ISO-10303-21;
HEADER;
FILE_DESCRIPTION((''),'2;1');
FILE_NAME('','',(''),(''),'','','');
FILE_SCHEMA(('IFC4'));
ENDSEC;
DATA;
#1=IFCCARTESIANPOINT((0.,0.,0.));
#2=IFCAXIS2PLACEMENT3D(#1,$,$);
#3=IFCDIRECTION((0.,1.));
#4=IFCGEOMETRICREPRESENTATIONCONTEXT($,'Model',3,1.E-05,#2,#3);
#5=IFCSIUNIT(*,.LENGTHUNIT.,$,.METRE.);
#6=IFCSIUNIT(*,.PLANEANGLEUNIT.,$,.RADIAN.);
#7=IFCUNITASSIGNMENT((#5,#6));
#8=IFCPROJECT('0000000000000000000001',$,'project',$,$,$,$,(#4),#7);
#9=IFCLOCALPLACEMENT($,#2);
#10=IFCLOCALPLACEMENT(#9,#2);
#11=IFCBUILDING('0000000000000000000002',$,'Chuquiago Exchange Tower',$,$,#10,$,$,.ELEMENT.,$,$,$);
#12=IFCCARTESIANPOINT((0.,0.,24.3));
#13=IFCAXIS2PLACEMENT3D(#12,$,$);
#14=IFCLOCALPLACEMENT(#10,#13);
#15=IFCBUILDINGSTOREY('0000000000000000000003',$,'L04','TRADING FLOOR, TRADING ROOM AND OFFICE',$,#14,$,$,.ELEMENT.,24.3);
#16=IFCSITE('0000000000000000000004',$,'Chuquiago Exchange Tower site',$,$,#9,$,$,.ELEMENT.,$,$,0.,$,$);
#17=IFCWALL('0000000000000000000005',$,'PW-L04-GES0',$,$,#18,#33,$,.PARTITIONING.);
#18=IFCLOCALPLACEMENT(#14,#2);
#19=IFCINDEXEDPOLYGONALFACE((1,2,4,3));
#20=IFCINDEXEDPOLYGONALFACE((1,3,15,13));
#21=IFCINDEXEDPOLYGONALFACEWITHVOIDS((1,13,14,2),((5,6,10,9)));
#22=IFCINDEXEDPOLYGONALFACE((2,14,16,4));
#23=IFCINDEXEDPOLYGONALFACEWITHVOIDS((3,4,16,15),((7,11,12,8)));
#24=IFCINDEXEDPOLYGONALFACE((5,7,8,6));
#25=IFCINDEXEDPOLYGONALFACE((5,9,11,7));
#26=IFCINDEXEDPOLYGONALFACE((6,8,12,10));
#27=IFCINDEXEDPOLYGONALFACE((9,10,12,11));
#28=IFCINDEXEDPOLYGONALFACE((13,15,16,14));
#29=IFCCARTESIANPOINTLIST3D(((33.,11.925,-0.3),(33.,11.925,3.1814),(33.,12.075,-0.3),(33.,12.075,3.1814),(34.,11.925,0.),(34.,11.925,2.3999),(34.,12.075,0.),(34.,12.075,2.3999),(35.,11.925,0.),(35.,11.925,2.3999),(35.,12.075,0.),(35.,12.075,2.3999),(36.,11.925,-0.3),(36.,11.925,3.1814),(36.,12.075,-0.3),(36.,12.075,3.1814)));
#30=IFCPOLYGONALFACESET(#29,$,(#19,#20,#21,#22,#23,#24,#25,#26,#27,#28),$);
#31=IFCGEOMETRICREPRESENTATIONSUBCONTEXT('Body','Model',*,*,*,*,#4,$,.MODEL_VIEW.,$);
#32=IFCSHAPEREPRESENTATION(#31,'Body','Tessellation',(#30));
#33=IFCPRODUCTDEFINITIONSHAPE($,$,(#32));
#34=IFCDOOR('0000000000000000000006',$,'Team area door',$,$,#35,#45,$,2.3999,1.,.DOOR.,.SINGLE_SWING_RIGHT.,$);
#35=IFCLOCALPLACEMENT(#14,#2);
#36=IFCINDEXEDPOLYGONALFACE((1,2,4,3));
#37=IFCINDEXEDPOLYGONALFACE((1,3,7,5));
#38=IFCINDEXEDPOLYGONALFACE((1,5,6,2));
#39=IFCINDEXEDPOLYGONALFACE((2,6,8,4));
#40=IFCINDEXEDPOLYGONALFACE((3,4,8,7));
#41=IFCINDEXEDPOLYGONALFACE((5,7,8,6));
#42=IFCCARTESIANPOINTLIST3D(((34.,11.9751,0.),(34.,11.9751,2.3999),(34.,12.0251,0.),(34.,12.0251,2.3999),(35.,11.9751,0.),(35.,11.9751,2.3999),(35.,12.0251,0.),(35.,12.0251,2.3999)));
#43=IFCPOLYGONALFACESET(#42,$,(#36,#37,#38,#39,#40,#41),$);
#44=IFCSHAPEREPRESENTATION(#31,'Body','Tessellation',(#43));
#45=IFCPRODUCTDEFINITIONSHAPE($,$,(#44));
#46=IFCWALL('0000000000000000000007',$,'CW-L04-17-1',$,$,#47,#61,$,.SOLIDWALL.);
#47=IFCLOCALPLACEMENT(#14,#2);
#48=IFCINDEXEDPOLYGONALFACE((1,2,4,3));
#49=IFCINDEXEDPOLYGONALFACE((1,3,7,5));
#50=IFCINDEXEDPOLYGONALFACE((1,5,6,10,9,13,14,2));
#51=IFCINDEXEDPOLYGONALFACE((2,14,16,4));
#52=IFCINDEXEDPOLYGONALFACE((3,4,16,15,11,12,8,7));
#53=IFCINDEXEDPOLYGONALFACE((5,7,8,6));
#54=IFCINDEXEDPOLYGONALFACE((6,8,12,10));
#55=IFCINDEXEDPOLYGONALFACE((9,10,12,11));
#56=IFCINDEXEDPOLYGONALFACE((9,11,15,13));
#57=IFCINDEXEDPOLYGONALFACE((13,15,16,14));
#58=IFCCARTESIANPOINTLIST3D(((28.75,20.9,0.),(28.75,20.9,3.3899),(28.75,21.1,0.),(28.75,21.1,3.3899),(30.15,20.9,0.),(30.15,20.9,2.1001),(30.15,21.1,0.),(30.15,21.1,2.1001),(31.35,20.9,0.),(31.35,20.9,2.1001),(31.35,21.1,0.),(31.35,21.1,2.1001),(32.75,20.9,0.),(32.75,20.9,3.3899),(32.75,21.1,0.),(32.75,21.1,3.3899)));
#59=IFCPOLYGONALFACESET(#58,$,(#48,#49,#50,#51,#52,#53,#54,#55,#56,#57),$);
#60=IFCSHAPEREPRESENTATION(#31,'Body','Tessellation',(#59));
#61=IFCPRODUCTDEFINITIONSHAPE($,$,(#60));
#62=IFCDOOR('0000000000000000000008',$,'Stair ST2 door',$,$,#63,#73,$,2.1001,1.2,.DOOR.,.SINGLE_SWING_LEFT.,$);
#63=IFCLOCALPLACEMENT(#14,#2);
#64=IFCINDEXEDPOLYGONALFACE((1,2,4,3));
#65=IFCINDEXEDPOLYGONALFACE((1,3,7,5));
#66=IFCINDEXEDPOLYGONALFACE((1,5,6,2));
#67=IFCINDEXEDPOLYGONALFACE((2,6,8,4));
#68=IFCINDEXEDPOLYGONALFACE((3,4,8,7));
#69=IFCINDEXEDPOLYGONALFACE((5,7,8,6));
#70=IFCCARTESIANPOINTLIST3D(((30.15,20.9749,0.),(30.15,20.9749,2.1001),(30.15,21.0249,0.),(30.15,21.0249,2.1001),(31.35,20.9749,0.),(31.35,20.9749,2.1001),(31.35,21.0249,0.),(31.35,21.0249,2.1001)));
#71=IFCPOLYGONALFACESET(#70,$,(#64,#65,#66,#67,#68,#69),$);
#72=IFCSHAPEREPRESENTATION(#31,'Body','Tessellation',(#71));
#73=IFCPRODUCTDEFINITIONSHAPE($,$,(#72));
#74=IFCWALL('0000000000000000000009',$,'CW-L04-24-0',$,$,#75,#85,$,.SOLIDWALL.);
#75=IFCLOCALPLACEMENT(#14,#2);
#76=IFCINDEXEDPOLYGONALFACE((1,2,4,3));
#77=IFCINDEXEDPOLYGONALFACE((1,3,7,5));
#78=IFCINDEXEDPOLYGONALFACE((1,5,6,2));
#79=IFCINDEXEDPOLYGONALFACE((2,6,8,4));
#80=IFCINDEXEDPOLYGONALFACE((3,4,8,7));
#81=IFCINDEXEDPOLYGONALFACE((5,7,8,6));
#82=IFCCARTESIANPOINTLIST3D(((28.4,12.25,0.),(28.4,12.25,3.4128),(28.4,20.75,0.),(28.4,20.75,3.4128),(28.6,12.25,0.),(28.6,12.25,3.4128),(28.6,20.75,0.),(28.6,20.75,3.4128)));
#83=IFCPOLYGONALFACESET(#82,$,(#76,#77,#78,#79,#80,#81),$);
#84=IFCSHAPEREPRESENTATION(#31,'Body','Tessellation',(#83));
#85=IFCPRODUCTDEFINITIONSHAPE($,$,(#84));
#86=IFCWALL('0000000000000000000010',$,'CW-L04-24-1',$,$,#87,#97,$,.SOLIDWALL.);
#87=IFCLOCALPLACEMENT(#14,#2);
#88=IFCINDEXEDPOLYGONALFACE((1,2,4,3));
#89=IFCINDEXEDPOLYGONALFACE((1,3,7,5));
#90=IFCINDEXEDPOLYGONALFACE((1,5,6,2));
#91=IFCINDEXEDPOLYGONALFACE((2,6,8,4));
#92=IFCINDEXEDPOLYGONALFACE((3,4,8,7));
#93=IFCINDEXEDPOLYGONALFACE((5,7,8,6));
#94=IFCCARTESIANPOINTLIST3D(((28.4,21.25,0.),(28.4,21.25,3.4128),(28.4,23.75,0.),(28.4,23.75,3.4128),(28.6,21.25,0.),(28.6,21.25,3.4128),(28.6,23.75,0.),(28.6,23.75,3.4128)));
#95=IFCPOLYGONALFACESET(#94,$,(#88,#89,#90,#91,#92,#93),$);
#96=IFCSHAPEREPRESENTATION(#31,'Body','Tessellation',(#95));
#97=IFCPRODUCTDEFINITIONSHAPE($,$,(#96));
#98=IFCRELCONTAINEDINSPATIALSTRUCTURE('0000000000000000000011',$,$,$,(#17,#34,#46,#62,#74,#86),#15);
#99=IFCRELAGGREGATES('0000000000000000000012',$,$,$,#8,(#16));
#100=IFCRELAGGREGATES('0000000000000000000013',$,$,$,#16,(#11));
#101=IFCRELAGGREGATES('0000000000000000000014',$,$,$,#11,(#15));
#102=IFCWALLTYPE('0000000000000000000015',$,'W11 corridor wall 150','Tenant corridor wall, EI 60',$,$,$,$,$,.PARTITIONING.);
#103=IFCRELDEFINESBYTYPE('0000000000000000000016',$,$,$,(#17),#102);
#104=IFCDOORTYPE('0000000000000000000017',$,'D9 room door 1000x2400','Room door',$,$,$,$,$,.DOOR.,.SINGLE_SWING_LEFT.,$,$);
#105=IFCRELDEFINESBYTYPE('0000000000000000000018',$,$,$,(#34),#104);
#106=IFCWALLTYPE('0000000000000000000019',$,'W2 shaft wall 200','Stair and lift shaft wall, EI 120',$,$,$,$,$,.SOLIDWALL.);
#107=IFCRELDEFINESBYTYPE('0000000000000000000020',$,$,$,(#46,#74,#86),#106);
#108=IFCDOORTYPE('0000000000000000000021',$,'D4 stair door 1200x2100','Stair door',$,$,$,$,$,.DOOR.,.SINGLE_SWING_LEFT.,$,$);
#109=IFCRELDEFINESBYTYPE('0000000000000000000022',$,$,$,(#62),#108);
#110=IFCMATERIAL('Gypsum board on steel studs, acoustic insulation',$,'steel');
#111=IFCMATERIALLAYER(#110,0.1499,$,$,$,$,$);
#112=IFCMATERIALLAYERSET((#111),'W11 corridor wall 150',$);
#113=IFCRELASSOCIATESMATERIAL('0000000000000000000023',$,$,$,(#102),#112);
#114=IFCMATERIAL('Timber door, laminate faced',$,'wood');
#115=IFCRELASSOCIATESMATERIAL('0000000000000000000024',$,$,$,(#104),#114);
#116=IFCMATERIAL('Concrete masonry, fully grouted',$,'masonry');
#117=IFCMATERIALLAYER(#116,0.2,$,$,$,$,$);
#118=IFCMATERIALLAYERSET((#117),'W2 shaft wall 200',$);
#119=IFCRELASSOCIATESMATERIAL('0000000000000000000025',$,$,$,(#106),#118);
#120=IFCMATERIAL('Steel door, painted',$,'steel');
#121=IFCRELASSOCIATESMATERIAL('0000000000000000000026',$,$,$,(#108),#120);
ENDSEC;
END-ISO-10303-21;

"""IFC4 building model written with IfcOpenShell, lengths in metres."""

from ifc_helpers import new_model, si_unit, direction, frame, frame_2d, origin, place, context, subcontext, project, spatial, rectangle, extrude, material, layer, layer_set, type_object, element, fill, save


model = new_model("IFC4")

# Units and contexts
model_context = context("Model", 3, precision=1e-05, world=origin(), true_north=direction((0.0, 1.0)))
body_context = subcontext(model_context, "Body", "Model", "MODEL_VIEW")
ifc_project = project(units=[si_unit("LENGTHUNIT", "METRE"), si_unit("PLANEANGLEUNIT", "RADIAN")], contexts=[model_context])

# Site, building, storey
site_placement = place(None, origin())
site = spatial("IfcSite", under=ifc_project, at=site_placement, Name="Chuquiago Exchange Tower site", CompositionType="ELEMENT", RefElevation=0.0)
building_placement = place(site_placement, origin())
building = spatial("IfcBuilding", under=site, at=building_placement, Name="Chuquiago Exchange Tower", CompositionType="ELEMENT")
storey_placement = place(building_placement, frame((0.0, 0.0, 24.3)))
storey = spatial("IfcBuildingStorey", under=building, at=storey_placement, Name="L04", Description="TRADING FLOOR, TRADING ROOM AND OFFICE", CompositionType="ELEMENT", Elevation=24.3)

# Walls, openings, doors
ifc_material_1 = material(Name="Gypsum board on steel studs, acoustic insulation", Category="steel")
ifc_layer_1 = layer(ifc_material_1, 0.1499)
ifc_layer_set_1 = layer_set([ifc_layer_1], Name="W11 corridor wall 150")
wall_type_1 = type_object("IfcWallType", Name="W11 corridor wall 150", Description="Tenant corridor wall, EI 60", PredefinedType="PARTITIONING", material=ifc_layer_set_1)
wall_1_placement = place(storey_placement, frame((33.0, 12.0, -0.3), z_axis=(0.0, 0.0, 1.0), x_axis=(1.0, 0.0, 0.0)))
wall_1 = element("IfcWall", 1, at=wall_1_placement, inside=storey, type_object=wall_type_1, Name="PW-L04-GES0", PredefinedType="PARTITIONING", context=body_context, shape_type="SweptSolid", body=[
    extrude(rectangle(XDim=3.0, YDim=0.1499, at=frame_2d((1.5, 0.0))), origin(), (0.0, 0.0, 1.0), 3.4814),
])
opening_1_placement = place(wall_1_placement, frame((1.0, 0.0, 0.3)))
opening_1 = element("IfcOpeningElement", 2, at=opening_1_placement, cuts=wall_1, PredefinedType="OPENING", context=body_context, shape_type="SweptSolid", body=[
    extrude(rectangle(XDim=1.0, YDim=2.3999, at=frame_2d((0.5, 1.2))), frame((0.0, 0.085, 0.0), z_axis=(0.0, -1.0, 0.0), x_axis=(1.0, 0.0, 0.0)), (0.0, 0.0, 1.0), 0.1699),
])
ifc_material_2 = material(Name="Timber door, laminate faced", Category="wood")
door_type_1 = type_object("IfcDoorType", Name="D9 room door 1000x2400", Description="Room door", OperationType="SINGLE_SWING_LEFT", PredefinedType="DOOR", material=ifc_material_2)
door_1_placement = place(opening_1_placement, frame((1.0, 0.0, 0.0), z_axis=(0.0, 0.0, 1.0), x_axis=(-1.0, 0.0, 0.0)))
door_1 = element("IfcDoor", 3, at=door_1_placement, inside=storey, type_object=door_type_1, Name="Team area door", OperationType="SINGLE_SWING_RIGHT", OverallHeight=2.3999, OverallWidth=1.0, PredefinedType="DOOR", context=body_context, shape_type="SweptSolid", body=[
    extrude(rectangle(XDim=1.0, YDim=2.3999, at=frame_2d((0.5, 1.2))), frame((0.0, 0.0249, 0.0), z_axis=(0.0, -1.0, 0.0), x_axis=(1.0, 0.0, 0.0)), (0.0, 0.0, 1.0), 0.05),
])
fill(opening_1, door_1)
ifc_material_3 = material(Name="Concrete masonry, fully grouted", Category="masonry")
ifc_layer_2 = layer(ifc_material_3, 0.2)
ifc_layer_set_2 = layer_set([ifc_layer_2], Name="W2 shaft wall 200")
wall_type_2 = type_object("IfcWallType", Name="W2 shaft wall 200", Description="Stair and lift shaft wall, EI 120", PredefinedType="SOLIDWALL", material=ifc_layer_set_2)
wall_2_placement = place(storey_placement, frame((28.75, 21.0, 0.0), z_axis=(0.0, 0.0, 1.0), x_axis=(1.0, 0.0, 0.0)))
wall_2 = element("IfcWall", 4, at=wall_2_placement, inside=storey, type_object=wall_type_2, Name="CW-L04-17-1", PredefinedType="SOLIDWALL", context=body_context, shape_type="SweptSolid", body=[
    extrude(rectangle(XDim=4.0, YDim=0.2, at=frame_2d((2.0, 0.0))), origin(), (0.0, 0.0, 1.0), 3.3899),
])
opening_2_placement = place(wall_2_placement, frame((1.3999, 0.0, 0.0)))
opening_2 = element("IfcOpeningElement", 5, at=opening_2_placement, cuts=wall_2, PredefinedType="OPENING", context=body_context, shape_type="SweptSolid", body=[
    extrude(rectangle(XDim=1.2, YDim=2.1001, at=frame_2d((0.6001, 1.05))), frame((0.0, 0.1099, 0.0), z_axis=(0.0, -1.0, 0.0), x_axis=(1.0, 0.0, 0.0)), (0.0, 0.0, 1.0), 0.22),
])
ifc_material_4 = material(Name="Steel door, painted", Category="steel")
door_type_2 = type_object("IfcDoorType", Name="D4 stair door 1200x2100", Description="Stair door", OperationType="SINGLE_SWING_LEFT", PredefinedType="DOOR", material=ifc_material_4)
door_2_placement = place(opening_2_placement, origin())
door_2 = element("IfcDoor", 6, at=door_2_placement, inside=storey, type_object=door_type_2, Name="Stair ST2 door", OperationType="SINGLE_SWING_LEFT", OverallHeight=2.1001, OverallWidth=1.2, PredefinedType="DOOR", context=body_context, shape_type="SweptSolid", body=[
    extrude(rectangle(XDim=1.2, YDim=2.1001, at=frame_2d((0.6001, 1.05))), frame((0.0, 0.0249, 0.0), z_axis=(0.0, -1.0, 0.0), x_axis=(1.0, 0.0, 0.0)), (0.0, 0.0, 1.0), 0.05),
])
fill(opening_2, door_2)

# Walls
wall_3_placement = place(storey_placement, frame((28.5, 12.25, 0.0), z_axis=(0.0, 0.0, 1.0), x_axis=(0.0, 1.0, 0.0)))
element("IfcWall", 7, at=wall_3_placement, inside=storey, type_object=wall_type_2, Name="CW-L04-24-0", PredefinedType="SOLIDWALL", context=body_context, shape_type="SweptSolid", body=[
    extrude(rectangle(XDim=8.5, YDim=0.2, at=frame_2d((4.25, 0.0))), origin(), (0.0, 0.0, 1.0), 3.4128),
])
wall_4_placement = place(storey_placement, frame((28.5, 21.25, 0.0), z_axis=(0.0, 0.0, 1.0), x_axis=(0.0, 1.0, 0.0)))
element("IfcWall", 8, at=wall_4_placement, inside=storey, type_object=wall_type_2, Name="CW-L04-24-1", PredefinedType="SOLIDWALL", context=body_context, shape_type="SweptSolid", body=[
    extrude(rectangle(XDim=2.5, YDim=0.2, at=frame_2d((1.25, 0.0))), origin(), (0.0, 0.0, 1.0), 3.4128),
])

save(model, "model.ifc")
